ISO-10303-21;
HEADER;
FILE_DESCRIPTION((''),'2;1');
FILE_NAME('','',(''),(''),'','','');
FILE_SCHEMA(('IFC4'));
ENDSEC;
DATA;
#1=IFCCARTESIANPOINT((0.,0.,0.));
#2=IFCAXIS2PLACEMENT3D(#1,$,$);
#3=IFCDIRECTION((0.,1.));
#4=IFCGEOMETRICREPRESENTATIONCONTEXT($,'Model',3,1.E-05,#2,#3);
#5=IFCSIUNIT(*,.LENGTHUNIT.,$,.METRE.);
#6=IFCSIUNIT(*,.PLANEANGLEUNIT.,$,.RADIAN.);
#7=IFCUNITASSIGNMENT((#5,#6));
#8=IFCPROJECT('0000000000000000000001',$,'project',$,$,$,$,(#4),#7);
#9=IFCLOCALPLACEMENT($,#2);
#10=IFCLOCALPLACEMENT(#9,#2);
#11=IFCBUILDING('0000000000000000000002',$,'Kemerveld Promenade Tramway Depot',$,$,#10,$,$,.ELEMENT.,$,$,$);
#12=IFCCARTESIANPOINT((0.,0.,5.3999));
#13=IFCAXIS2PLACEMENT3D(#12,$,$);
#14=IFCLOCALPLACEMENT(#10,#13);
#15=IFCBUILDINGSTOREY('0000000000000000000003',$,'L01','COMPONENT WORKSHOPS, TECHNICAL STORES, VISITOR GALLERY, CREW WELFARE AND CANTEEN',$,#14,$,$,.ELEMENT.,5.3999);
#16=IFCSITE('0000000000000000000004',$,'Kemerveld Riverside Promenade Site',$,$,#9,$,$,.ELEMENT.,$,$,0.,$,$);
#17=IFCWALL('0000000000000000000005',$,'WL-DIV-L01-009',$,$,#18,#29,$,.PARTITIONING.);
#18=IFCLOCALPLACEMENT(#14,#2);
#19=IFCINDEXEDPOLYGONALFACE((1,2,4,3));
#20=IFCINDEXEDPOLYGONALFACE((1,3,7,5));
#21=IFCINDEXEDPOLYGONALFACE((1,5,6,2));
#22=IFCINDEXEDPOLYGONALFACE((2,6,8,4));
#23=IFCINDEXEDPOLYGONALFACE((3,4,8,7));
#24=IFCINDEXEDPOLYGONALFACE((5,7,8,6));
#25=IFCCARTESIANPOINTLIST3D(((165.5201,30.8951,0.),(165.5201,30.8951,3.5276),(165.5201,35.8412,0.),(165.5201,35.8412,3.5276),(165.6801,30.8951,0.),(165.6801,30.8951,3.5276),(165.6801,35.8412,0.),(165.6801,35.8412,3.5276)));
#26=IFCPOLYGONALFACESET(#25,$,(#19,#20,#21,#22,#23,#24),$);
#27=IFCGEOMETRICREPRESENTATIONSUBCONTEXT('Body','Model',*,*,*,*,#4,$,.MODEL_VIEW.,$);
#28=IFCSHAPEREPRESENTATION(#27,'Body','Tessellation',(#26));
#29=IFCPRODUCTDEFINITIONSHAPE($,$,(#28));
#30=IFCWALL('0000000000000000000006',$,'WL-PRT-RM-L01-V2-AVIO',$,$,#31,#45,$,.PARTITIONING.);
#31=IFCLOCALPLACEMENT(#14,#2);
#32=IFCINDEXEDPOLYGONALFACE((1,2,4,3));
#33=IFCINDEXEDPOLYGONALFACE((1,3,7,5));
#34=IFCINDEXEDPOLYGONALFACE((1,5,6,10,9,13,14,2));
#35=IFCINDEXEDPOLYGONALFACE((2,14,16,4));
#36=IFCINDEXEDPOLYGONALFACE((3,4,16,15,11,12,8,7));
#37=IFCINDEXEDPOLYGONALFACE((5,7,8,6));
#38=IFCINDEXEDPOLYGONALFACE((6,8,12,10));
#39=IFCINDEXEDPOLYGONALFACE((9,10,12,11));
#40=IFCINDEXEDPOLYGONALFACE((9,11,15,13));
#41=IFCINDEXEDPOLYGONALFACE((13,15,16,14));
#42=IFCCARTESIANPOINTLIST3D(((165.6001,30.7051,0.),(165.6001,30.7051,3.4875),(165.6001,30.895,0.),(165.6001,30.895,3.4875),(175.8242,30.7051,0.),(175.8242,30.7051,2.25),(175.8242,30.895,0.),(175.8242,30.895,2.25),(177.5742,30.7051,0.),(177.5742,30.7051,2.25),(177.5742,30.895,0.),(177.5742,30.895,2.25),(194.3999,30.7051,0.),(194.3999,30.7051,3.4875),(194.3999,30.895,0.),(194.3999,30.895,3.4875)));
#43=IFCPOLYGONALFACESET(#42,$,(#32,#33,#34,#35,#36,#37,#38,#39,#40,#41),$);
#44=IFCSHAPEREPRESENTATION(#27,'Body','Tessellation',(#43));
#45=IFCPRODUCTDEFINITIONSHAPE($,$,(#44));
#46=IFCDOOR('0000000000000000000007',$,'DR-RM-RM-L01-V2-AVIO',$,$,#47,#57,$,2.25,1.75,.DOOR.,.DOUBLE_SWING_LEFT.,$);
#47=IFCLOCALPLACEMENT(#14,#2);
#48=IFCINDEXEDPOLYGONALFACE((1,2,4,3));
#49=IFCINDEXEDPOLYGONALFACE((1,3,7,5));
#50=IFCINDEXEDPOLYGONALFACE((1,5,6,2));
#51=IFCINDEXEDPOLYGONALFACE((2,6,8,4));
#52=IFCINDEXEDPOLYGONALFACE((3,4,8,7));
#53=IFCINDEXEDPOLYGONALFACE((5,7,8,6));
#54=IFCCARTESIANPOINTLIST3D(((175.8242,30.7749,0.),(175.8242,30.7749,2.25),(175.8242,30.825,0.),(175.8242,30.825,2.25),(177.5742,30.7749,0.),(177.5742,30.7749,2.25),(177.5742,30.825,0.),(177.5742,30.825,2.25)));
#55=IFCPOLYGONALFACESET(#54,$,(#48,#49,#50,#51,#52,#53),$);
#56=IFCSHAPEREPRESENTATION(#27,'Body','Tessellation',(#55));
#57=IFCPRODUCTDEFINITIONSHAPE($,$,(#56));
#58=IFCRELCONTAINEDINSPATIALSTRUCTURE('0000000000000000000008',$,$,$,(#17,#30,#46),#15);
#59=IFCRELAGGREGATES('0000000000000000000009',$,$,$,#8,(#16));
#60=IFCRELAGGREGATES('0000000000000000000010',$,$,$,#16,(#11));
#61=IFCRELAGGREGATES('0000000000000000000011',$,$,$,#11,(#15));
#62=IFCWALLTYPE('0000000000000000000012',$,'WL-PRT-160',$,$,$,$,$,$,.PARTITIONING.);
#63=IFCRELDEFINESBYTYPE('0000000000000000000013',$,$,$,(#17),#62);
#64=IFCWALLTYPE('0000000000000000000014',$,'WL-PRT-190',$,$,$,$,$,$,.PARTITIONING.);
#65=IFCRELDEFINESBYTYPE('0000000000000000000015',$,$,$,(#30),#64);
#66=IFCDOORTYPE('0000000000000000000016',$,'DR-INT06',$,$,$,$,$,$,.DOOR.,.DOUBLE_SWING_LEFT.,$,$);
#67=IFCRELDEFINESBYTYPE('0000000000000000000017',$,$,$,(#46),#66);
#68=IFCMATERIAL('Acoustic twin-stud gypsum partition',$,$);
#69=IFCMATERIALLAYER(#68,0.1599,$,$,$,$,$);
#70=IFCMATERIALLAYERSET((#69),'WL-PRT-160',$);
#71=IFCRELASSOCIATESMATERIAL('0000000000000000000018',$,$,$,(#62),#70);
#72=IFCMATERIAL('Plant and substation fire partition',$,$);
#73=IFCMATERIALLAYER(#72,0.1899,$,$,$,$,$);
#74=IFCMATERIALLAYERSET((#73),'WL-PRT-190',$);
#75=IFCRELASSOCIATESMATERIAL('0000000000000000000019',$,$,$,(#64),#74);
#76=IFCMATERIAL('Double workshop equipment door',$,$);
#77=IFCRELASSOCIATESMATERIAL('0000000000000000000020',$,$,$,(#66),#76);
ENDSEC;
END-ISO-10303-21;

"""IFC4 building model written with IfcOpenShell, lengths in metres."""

from ifc_helpers import new_model, si_unit, direction, frame, frame_2d, origin, place, context, subcontext, project, spatial, rectangle, extrude, material, layer, layer_set, type_object, element, fill, save


model = new_model("IFC4")

# Units and contexts
model_context = context("Model", 3, precision=1e-05, world=origin(), true_north=direction((0.0, 1.0)))
body_context = subcontext(model_context, "Body", "Model", "MODEL_VIEW")
ifc_project = project(units=[si_unit("LENGTHUNIT", "METRE"), si_unit("PLANEANGLEUNIT", "RADIAN")], contexts=[model_context])

# Site, building, storey
site_placement = place(None, origin())
site = spatial("IfcSite", under=ifc_project, at=site_placement, Name="Kemerveld Riverside Promenade Site", CompositionType="ELEMENT", RefElevation=0.0)
building_placement = place(site_placement, origin())
building = spatial("IfcBuilding", under=site, at=building_placement, Name="Kemerveld Promenade Tramway Depot", CompositionType="ELEMENT")
storey_placement = place(building_placement, frame((0.0, 0.0, 5.3999)))
storey = spatial("IfcBuildingStorey", under=building, at=storey_placement, Name="L01", Description="COMPONENT WORKSHOPS, TECHNICAL STORES, VISITOR GALLERY, CREW WELFARE AND CANTEEN", CompositionType="ELEMENT", Elevation=5.3999)

# Wall
ifc_material_1 = material(Name="Acoustic twin-stud gypsum partition")
ifc_layer_1 = layer(ifc_material_1, 0.1599)
ifc_layer_set_1 = layer_set([ifc_layer_1], Name="WL-PRT-160")
wall_type_1 = type_object("IfcWallType", Name="WL-PRT-160", PredefinedType="PARTITIONING", material=ifc_layer_set_1)
wall_1_placement = place(storey_placement, frame((165.6001, 30.895, 0.0), z_axis=(0.0, 0.0, 1.0), x_axis=(0.0, 1.0, 0.0)))
element("IfcWall", 1, at=wall_1_placement, inside=storey, type_object=wall_type_1, Name="WL-DIV-L01-009", PredefinedType="PARTITIONING", context=body_context, shape_type="SweptSolid", body=[
    extrude(rectangle(XDim=4.946, YDim=0.1599, at=frame_2d((2.4731, 0.0))), origin(), (0.0, 0.0, 1.0), 3.5276),
])

# Wall, opening, door
ifc_material_2 = material(Name="Plant and substation fire partition")
ifc_layer_2 = layer(ifc_material_2, 0.1899)
ifc_layer_set_2 = layer_set([ifc_layer_2], Name="WL-PRT-190")
wall_type_2 = type_object("IfcWallType", Name="WL-PRT-190", PredefinedType="PARTITIONING", material=ifc_layer_set_2)
wall_2_placement = place(storey_placement, frame((165.6001, 30.8, 0.0), z_axis=(0.0, 0.0, 1.0), x_axis=(1.0, 0.0, 0.0)))
wall_2 = element("IfcWall", 2, at=wall_2_placement, inside=storey, type_object=wall_type_2, Name="WL-PRT-RM-L01-V2-AVIO", PredefinedType="PARTITIONING", context=body_context, shape_type="SweptSolid", body=[
    extrude(rectangle(XDim=28.7998, YDim=0.1899, at=frame_2d((14.3999, 0.0))), origin(), (0.0, 0.0, 1.0), 3.4875),
])
opening_placement = place(wall_2_placement, frame((10.2241, 0.0, 0.0)))
opening = element("IfcOpeningElement", 3, at=opening_placement, cuts=wall_2, PredefinedType="OPENING", context=body_context, shape_type="SweptSolid", body=[
    extrude(rectangle(XDim=1.75, YDim=2.25, at=frame_2d((0.875, 1.125))), frame((0.0, 0.105, 0.0), z_axis=(0.0, -1.0, 0.0), x_axis=(1.0, 0.0, 0.0)), (0.0, 0.0, 1.0), 0.21),
])
ifc_material_3 = material(Name="Double workshop equipment door")
door_type = type_object("IfcDoorType", Name="DR-INT06", OperationType="DOUBLE_SWING_LEFT", PredefinedType="DOOR", material=ifc_material_3)
door_placement = place(opening_placement, origin())
door = element("IfcDoor", 4, at=door_placement, inside=storey, type_object=door_type, Name="DR-RM-RM-L01-V2-AVIO", OperationType="DOUBLE_SWING_LEFT", OverallHeight=2.25, OverallWidth=1.75, PredefinedType="DOOR", context=body_context, shape_type="SweptSolid", body=[
    extrude(rectangle(XDim=1.75, YDim=2.25, at=frame_2d((0.875, 1.125))), frame((0.0, 0.0249, 0.0), z_axis=(0.0, -1.0, 0.0), x_axis=(1.0, 0.0, 0.0)), (0.0, 0.0, 1.0), 0.05),
])
fill(opening, door)

save(model, "model.ifc")
